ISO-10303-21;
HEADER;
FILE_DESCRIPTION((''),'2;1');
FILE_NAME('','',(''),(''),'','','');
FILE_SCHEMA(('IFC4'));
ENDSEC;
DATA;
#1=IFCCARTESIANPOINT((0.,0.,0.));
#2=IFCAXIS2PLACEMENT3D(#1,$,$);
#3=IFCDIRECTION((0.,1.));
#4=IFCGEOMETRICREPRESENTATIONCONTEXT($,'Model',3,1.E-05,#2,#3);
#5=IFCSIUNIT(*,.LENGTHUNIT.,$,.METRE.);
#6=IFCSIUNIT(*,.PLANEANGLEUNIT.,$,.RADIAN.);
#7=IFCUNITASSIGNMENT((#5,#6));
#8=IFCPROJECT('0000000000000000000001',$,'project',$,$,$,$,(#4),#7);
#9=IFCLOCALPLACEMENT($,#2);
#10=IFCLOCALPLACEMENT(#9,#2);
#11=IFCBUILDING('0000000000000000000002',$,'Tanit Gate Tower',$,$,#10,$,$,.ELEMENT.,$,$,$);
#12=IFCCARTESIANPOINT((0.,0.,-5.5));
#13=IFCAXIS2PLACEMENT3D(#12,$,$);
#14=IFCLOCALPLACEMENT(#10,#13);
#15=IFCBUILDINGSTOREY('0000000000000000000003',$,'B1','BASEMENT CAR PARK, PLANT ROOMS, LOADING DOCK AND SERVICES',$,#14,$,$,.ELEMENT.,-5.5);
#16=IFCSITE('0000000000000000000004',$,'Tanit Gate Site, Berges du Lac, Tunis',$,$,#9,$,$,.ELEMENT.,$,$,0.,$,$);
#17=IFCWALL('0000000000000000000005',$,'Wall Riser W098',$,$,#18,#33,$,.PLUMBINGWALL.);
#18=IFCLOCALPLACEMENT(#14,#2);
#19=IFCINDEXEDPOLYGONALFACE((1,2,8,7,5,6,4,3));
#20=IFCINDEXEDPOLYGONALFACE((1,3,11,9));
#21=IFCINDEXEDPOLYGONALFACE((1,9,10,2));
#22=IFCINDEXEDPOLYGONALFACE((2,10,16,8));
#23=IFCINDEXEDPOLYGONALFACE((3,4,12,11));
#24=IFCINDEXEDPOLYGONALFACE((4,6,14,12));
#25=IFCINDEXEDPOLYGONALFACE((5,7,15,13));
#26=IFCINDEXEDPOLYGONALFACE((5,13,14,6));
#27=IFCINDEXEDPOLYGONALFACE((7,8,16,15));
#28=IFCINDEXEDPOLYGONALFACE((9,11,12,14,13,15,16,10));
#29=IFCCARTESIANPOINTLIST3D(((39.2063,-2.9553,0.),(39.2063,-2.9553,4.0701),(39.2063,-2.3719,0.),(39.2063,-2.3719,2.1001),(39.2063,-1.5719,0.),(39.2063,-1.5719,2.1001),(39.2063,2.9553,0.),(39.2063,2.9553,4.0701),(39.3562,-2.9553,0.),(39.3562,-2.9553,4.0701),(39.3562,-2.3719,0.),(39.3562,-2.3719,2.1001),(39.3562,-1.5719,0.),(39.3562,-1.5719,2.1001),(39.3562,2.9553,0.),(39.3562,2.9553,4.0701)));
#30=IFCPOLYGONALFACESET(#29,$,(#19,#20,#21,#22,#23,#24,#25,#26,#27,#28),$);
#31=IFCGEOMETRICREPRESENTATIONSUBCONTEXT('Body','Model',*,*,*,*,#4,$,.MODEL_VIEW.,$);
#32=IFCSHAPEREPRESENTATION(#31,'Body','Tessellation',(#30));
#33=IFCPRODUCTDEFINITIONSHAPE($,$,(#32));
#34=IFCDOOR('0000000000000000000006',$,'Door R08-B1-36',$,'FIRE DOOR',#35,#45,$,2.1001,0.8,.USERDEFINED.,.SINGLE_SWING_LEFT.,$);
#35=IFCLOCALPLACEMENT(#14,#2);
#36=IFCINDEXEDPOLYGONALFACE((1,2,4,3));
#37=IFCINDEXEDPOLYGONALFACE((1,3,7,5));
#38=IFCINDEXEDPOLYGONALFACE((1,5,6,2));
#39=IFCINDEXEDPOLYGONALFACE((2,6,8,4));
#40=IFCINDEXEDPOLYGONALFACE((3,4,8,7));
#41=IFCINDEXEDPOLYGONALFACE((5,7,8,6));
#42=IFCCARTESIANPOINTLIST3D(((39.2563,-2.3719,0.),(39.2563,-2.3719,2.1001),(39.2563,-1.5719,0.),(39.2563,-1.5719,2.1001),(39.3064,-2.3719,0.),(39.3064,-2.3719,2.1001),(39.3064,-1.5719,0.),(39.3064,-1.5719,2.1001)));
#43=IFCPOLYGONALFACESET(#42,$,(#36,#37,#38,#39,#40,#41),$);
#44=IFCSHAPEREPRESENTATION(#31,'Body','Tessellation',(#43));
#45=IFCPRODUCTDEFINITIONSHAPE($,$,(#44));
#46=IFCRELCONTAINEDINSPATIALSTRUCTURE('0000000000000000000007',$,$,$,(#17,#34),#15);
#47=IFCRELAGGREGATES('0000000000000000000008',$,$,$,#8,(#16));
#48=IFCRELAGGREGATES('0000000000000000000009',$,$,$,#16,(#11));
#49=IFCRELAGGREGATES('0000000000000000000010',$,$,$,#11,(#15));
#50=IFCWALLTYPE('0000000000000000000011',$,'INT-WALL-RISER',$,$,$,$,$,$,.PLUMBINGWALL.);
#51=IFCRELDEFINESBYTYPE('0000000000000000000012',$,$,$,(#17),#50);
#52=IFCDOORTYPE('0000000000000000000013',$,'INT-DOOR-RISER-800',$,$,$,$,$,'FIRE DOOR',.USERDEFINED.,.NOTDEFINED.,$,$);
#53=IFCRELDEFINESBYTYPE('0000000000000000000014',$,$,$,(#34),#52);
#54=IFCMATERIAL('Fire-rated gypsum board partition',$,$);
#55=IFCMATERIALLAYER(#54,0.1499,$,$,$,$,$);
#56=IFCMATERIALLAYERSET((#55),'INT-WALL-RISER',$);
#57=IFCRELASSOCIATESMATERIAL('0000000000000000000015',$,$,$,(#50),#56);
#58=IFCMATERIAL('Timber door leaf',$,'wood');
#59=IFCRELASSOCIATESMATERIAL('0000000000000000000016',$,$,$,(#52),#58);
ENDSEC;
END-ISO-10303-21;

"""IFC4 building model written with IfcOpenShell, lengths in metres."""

from ifc_helpers import new_model, si_unit, direction, frame, frame_2d, origin, place, context, subcontext, project, spatial, rectangle, extrude, material, layer, layer_set, type_object, element, fill, save


model = new_model("IFC4")

# Units and contexts
model_context = context("Model", 3, precision=1e-05, world=origin(), true_north=direction((0.0, 1.0)))
body_context = subcontext(model_context, "Body", "Model", "MODEL_VIEW")
ifc_project = project(units=[si_unit("LENGTHUNIT", "METRE"), si_unit("PLANEANGLEUNIT", "RADIAN")], contexts=[model_context])

# Site, building, storey
site_placement = place(None, origin())
site = spatial("IfcSite", under=ifc_project, at=site_placement, Name="Tanit Gate Site, Berges du Lac, Tunis", CompositionType="ELEMENT", RefElevation=0.0)
building_placement = place(site_placement, origin())
building = spatial("IfcBuilding", under=site, at=building_placement, Name="Tanit Gate Tower", CompositionType="ELEMENT")
storey_placement = place(building_placement, frame((0.0, 0.0, -5.5)))
storey = spatial("IfcBuildingStorey", under=building, at=storey_placement, Name="B1", Description="BASEMENT CAR PARK, PLANT ROOMS, LOADING DOCK AND SERVICES", CompositionType="ELEMENT", Elevation=-5.5)

# Wall, opening, door
ifc_material_1 = material(Name="Fire-rated gypsum board partition")
ifc_layer_1 = layer(ifc_material_1, 0.1499)
ifc_layer_set_1 = layer_set([ifc_layer_1], Name="INT-WALL-RISER")
wall_type_1 = type_object("IfcWallType", Name="INT-WALL-RISER", PredefinedType="PLUMBINGWALL", material=ifc_layer_set_1)
wall_1_placement = place(storey_placement, frame((39.2812, -2.9553, 0.0), z_axis=(0.0, 0.0, 1.0), x_axis=(0.0, 1.0, 0.0)))
wall_1 = element("IfcWall", 1, at=wall_1_placement, inside=storey, type_object=wall_type_1, Name="Wall Riser W098", PredefinedType="PLUMBINGWALL", context=body_context, shape_type="SweptSolid", body=[
    extrude(rectangle(XDim=5.9106, YDim=0.1499, at=frame_2d((2.9553, 0.0))), origin(), (0.0, 0.0, 1.0), 4.0701),
])
opening_1_placement = place(wall_1_placement, frame((0.5835, 0.0, 0.0)))
opening_1 = element("IfcOpeningElement", 2, at=opening_1_placement, cuts=wall_1, PredefinedType="OPENING", context=body_context, shape_type="SweptSolid", body=[
    extrude(rectangle(XDim=0.8, YDim=2.1001, at=frame_2d((0.3999, 1.05))), frame((0.0, 0.085, 0.0), z_axis=(0.0, -1.0, 0.0), x_axis=(1.0, 0.0, 0.0)), (0.0, 0.0, 1.0), 0.1699),
])
ifc_material_2 = material(Name="Timber door leaf", Category="wood")
door_type_1 = type_object("IfcDoorType", Name="INT-DOOR-RISER-800", ElementType="FIRE DOOR", OperationType="NOTDEFINED", PredefinedType="USERDEFINED", material=ifc_material_2)
door_1_placement = place(opening_1_placement, origin())
door_1 = element("IfcDoor", 3, at=door_1_placement, inside=storey, type_object=door_type_1, Name="Door R08-B1-36", ObjectType="FIRE DOOR", OperationType="SINGLE_SWING_LEFT", OverallHeight=2.1001, OverallWidth=0.8, PredefinedType="USERDEFINED", context=body_context, shape_type="SweptSolid", body=[
    extrude(rectangle(XDim=0.8, YDim=2.1001, at=frame_2d((0.3999, 1.05))), frame((0.0, 0.0249, 0.0), z_axis=(0.0, -1.0, 0.0), x_axis=(1.0, 0.0, 0.0)), (0.0, 0.0, 1.0), 0.05),
])
fill(opening_1, door_1)

save(model, "model.ifc")
